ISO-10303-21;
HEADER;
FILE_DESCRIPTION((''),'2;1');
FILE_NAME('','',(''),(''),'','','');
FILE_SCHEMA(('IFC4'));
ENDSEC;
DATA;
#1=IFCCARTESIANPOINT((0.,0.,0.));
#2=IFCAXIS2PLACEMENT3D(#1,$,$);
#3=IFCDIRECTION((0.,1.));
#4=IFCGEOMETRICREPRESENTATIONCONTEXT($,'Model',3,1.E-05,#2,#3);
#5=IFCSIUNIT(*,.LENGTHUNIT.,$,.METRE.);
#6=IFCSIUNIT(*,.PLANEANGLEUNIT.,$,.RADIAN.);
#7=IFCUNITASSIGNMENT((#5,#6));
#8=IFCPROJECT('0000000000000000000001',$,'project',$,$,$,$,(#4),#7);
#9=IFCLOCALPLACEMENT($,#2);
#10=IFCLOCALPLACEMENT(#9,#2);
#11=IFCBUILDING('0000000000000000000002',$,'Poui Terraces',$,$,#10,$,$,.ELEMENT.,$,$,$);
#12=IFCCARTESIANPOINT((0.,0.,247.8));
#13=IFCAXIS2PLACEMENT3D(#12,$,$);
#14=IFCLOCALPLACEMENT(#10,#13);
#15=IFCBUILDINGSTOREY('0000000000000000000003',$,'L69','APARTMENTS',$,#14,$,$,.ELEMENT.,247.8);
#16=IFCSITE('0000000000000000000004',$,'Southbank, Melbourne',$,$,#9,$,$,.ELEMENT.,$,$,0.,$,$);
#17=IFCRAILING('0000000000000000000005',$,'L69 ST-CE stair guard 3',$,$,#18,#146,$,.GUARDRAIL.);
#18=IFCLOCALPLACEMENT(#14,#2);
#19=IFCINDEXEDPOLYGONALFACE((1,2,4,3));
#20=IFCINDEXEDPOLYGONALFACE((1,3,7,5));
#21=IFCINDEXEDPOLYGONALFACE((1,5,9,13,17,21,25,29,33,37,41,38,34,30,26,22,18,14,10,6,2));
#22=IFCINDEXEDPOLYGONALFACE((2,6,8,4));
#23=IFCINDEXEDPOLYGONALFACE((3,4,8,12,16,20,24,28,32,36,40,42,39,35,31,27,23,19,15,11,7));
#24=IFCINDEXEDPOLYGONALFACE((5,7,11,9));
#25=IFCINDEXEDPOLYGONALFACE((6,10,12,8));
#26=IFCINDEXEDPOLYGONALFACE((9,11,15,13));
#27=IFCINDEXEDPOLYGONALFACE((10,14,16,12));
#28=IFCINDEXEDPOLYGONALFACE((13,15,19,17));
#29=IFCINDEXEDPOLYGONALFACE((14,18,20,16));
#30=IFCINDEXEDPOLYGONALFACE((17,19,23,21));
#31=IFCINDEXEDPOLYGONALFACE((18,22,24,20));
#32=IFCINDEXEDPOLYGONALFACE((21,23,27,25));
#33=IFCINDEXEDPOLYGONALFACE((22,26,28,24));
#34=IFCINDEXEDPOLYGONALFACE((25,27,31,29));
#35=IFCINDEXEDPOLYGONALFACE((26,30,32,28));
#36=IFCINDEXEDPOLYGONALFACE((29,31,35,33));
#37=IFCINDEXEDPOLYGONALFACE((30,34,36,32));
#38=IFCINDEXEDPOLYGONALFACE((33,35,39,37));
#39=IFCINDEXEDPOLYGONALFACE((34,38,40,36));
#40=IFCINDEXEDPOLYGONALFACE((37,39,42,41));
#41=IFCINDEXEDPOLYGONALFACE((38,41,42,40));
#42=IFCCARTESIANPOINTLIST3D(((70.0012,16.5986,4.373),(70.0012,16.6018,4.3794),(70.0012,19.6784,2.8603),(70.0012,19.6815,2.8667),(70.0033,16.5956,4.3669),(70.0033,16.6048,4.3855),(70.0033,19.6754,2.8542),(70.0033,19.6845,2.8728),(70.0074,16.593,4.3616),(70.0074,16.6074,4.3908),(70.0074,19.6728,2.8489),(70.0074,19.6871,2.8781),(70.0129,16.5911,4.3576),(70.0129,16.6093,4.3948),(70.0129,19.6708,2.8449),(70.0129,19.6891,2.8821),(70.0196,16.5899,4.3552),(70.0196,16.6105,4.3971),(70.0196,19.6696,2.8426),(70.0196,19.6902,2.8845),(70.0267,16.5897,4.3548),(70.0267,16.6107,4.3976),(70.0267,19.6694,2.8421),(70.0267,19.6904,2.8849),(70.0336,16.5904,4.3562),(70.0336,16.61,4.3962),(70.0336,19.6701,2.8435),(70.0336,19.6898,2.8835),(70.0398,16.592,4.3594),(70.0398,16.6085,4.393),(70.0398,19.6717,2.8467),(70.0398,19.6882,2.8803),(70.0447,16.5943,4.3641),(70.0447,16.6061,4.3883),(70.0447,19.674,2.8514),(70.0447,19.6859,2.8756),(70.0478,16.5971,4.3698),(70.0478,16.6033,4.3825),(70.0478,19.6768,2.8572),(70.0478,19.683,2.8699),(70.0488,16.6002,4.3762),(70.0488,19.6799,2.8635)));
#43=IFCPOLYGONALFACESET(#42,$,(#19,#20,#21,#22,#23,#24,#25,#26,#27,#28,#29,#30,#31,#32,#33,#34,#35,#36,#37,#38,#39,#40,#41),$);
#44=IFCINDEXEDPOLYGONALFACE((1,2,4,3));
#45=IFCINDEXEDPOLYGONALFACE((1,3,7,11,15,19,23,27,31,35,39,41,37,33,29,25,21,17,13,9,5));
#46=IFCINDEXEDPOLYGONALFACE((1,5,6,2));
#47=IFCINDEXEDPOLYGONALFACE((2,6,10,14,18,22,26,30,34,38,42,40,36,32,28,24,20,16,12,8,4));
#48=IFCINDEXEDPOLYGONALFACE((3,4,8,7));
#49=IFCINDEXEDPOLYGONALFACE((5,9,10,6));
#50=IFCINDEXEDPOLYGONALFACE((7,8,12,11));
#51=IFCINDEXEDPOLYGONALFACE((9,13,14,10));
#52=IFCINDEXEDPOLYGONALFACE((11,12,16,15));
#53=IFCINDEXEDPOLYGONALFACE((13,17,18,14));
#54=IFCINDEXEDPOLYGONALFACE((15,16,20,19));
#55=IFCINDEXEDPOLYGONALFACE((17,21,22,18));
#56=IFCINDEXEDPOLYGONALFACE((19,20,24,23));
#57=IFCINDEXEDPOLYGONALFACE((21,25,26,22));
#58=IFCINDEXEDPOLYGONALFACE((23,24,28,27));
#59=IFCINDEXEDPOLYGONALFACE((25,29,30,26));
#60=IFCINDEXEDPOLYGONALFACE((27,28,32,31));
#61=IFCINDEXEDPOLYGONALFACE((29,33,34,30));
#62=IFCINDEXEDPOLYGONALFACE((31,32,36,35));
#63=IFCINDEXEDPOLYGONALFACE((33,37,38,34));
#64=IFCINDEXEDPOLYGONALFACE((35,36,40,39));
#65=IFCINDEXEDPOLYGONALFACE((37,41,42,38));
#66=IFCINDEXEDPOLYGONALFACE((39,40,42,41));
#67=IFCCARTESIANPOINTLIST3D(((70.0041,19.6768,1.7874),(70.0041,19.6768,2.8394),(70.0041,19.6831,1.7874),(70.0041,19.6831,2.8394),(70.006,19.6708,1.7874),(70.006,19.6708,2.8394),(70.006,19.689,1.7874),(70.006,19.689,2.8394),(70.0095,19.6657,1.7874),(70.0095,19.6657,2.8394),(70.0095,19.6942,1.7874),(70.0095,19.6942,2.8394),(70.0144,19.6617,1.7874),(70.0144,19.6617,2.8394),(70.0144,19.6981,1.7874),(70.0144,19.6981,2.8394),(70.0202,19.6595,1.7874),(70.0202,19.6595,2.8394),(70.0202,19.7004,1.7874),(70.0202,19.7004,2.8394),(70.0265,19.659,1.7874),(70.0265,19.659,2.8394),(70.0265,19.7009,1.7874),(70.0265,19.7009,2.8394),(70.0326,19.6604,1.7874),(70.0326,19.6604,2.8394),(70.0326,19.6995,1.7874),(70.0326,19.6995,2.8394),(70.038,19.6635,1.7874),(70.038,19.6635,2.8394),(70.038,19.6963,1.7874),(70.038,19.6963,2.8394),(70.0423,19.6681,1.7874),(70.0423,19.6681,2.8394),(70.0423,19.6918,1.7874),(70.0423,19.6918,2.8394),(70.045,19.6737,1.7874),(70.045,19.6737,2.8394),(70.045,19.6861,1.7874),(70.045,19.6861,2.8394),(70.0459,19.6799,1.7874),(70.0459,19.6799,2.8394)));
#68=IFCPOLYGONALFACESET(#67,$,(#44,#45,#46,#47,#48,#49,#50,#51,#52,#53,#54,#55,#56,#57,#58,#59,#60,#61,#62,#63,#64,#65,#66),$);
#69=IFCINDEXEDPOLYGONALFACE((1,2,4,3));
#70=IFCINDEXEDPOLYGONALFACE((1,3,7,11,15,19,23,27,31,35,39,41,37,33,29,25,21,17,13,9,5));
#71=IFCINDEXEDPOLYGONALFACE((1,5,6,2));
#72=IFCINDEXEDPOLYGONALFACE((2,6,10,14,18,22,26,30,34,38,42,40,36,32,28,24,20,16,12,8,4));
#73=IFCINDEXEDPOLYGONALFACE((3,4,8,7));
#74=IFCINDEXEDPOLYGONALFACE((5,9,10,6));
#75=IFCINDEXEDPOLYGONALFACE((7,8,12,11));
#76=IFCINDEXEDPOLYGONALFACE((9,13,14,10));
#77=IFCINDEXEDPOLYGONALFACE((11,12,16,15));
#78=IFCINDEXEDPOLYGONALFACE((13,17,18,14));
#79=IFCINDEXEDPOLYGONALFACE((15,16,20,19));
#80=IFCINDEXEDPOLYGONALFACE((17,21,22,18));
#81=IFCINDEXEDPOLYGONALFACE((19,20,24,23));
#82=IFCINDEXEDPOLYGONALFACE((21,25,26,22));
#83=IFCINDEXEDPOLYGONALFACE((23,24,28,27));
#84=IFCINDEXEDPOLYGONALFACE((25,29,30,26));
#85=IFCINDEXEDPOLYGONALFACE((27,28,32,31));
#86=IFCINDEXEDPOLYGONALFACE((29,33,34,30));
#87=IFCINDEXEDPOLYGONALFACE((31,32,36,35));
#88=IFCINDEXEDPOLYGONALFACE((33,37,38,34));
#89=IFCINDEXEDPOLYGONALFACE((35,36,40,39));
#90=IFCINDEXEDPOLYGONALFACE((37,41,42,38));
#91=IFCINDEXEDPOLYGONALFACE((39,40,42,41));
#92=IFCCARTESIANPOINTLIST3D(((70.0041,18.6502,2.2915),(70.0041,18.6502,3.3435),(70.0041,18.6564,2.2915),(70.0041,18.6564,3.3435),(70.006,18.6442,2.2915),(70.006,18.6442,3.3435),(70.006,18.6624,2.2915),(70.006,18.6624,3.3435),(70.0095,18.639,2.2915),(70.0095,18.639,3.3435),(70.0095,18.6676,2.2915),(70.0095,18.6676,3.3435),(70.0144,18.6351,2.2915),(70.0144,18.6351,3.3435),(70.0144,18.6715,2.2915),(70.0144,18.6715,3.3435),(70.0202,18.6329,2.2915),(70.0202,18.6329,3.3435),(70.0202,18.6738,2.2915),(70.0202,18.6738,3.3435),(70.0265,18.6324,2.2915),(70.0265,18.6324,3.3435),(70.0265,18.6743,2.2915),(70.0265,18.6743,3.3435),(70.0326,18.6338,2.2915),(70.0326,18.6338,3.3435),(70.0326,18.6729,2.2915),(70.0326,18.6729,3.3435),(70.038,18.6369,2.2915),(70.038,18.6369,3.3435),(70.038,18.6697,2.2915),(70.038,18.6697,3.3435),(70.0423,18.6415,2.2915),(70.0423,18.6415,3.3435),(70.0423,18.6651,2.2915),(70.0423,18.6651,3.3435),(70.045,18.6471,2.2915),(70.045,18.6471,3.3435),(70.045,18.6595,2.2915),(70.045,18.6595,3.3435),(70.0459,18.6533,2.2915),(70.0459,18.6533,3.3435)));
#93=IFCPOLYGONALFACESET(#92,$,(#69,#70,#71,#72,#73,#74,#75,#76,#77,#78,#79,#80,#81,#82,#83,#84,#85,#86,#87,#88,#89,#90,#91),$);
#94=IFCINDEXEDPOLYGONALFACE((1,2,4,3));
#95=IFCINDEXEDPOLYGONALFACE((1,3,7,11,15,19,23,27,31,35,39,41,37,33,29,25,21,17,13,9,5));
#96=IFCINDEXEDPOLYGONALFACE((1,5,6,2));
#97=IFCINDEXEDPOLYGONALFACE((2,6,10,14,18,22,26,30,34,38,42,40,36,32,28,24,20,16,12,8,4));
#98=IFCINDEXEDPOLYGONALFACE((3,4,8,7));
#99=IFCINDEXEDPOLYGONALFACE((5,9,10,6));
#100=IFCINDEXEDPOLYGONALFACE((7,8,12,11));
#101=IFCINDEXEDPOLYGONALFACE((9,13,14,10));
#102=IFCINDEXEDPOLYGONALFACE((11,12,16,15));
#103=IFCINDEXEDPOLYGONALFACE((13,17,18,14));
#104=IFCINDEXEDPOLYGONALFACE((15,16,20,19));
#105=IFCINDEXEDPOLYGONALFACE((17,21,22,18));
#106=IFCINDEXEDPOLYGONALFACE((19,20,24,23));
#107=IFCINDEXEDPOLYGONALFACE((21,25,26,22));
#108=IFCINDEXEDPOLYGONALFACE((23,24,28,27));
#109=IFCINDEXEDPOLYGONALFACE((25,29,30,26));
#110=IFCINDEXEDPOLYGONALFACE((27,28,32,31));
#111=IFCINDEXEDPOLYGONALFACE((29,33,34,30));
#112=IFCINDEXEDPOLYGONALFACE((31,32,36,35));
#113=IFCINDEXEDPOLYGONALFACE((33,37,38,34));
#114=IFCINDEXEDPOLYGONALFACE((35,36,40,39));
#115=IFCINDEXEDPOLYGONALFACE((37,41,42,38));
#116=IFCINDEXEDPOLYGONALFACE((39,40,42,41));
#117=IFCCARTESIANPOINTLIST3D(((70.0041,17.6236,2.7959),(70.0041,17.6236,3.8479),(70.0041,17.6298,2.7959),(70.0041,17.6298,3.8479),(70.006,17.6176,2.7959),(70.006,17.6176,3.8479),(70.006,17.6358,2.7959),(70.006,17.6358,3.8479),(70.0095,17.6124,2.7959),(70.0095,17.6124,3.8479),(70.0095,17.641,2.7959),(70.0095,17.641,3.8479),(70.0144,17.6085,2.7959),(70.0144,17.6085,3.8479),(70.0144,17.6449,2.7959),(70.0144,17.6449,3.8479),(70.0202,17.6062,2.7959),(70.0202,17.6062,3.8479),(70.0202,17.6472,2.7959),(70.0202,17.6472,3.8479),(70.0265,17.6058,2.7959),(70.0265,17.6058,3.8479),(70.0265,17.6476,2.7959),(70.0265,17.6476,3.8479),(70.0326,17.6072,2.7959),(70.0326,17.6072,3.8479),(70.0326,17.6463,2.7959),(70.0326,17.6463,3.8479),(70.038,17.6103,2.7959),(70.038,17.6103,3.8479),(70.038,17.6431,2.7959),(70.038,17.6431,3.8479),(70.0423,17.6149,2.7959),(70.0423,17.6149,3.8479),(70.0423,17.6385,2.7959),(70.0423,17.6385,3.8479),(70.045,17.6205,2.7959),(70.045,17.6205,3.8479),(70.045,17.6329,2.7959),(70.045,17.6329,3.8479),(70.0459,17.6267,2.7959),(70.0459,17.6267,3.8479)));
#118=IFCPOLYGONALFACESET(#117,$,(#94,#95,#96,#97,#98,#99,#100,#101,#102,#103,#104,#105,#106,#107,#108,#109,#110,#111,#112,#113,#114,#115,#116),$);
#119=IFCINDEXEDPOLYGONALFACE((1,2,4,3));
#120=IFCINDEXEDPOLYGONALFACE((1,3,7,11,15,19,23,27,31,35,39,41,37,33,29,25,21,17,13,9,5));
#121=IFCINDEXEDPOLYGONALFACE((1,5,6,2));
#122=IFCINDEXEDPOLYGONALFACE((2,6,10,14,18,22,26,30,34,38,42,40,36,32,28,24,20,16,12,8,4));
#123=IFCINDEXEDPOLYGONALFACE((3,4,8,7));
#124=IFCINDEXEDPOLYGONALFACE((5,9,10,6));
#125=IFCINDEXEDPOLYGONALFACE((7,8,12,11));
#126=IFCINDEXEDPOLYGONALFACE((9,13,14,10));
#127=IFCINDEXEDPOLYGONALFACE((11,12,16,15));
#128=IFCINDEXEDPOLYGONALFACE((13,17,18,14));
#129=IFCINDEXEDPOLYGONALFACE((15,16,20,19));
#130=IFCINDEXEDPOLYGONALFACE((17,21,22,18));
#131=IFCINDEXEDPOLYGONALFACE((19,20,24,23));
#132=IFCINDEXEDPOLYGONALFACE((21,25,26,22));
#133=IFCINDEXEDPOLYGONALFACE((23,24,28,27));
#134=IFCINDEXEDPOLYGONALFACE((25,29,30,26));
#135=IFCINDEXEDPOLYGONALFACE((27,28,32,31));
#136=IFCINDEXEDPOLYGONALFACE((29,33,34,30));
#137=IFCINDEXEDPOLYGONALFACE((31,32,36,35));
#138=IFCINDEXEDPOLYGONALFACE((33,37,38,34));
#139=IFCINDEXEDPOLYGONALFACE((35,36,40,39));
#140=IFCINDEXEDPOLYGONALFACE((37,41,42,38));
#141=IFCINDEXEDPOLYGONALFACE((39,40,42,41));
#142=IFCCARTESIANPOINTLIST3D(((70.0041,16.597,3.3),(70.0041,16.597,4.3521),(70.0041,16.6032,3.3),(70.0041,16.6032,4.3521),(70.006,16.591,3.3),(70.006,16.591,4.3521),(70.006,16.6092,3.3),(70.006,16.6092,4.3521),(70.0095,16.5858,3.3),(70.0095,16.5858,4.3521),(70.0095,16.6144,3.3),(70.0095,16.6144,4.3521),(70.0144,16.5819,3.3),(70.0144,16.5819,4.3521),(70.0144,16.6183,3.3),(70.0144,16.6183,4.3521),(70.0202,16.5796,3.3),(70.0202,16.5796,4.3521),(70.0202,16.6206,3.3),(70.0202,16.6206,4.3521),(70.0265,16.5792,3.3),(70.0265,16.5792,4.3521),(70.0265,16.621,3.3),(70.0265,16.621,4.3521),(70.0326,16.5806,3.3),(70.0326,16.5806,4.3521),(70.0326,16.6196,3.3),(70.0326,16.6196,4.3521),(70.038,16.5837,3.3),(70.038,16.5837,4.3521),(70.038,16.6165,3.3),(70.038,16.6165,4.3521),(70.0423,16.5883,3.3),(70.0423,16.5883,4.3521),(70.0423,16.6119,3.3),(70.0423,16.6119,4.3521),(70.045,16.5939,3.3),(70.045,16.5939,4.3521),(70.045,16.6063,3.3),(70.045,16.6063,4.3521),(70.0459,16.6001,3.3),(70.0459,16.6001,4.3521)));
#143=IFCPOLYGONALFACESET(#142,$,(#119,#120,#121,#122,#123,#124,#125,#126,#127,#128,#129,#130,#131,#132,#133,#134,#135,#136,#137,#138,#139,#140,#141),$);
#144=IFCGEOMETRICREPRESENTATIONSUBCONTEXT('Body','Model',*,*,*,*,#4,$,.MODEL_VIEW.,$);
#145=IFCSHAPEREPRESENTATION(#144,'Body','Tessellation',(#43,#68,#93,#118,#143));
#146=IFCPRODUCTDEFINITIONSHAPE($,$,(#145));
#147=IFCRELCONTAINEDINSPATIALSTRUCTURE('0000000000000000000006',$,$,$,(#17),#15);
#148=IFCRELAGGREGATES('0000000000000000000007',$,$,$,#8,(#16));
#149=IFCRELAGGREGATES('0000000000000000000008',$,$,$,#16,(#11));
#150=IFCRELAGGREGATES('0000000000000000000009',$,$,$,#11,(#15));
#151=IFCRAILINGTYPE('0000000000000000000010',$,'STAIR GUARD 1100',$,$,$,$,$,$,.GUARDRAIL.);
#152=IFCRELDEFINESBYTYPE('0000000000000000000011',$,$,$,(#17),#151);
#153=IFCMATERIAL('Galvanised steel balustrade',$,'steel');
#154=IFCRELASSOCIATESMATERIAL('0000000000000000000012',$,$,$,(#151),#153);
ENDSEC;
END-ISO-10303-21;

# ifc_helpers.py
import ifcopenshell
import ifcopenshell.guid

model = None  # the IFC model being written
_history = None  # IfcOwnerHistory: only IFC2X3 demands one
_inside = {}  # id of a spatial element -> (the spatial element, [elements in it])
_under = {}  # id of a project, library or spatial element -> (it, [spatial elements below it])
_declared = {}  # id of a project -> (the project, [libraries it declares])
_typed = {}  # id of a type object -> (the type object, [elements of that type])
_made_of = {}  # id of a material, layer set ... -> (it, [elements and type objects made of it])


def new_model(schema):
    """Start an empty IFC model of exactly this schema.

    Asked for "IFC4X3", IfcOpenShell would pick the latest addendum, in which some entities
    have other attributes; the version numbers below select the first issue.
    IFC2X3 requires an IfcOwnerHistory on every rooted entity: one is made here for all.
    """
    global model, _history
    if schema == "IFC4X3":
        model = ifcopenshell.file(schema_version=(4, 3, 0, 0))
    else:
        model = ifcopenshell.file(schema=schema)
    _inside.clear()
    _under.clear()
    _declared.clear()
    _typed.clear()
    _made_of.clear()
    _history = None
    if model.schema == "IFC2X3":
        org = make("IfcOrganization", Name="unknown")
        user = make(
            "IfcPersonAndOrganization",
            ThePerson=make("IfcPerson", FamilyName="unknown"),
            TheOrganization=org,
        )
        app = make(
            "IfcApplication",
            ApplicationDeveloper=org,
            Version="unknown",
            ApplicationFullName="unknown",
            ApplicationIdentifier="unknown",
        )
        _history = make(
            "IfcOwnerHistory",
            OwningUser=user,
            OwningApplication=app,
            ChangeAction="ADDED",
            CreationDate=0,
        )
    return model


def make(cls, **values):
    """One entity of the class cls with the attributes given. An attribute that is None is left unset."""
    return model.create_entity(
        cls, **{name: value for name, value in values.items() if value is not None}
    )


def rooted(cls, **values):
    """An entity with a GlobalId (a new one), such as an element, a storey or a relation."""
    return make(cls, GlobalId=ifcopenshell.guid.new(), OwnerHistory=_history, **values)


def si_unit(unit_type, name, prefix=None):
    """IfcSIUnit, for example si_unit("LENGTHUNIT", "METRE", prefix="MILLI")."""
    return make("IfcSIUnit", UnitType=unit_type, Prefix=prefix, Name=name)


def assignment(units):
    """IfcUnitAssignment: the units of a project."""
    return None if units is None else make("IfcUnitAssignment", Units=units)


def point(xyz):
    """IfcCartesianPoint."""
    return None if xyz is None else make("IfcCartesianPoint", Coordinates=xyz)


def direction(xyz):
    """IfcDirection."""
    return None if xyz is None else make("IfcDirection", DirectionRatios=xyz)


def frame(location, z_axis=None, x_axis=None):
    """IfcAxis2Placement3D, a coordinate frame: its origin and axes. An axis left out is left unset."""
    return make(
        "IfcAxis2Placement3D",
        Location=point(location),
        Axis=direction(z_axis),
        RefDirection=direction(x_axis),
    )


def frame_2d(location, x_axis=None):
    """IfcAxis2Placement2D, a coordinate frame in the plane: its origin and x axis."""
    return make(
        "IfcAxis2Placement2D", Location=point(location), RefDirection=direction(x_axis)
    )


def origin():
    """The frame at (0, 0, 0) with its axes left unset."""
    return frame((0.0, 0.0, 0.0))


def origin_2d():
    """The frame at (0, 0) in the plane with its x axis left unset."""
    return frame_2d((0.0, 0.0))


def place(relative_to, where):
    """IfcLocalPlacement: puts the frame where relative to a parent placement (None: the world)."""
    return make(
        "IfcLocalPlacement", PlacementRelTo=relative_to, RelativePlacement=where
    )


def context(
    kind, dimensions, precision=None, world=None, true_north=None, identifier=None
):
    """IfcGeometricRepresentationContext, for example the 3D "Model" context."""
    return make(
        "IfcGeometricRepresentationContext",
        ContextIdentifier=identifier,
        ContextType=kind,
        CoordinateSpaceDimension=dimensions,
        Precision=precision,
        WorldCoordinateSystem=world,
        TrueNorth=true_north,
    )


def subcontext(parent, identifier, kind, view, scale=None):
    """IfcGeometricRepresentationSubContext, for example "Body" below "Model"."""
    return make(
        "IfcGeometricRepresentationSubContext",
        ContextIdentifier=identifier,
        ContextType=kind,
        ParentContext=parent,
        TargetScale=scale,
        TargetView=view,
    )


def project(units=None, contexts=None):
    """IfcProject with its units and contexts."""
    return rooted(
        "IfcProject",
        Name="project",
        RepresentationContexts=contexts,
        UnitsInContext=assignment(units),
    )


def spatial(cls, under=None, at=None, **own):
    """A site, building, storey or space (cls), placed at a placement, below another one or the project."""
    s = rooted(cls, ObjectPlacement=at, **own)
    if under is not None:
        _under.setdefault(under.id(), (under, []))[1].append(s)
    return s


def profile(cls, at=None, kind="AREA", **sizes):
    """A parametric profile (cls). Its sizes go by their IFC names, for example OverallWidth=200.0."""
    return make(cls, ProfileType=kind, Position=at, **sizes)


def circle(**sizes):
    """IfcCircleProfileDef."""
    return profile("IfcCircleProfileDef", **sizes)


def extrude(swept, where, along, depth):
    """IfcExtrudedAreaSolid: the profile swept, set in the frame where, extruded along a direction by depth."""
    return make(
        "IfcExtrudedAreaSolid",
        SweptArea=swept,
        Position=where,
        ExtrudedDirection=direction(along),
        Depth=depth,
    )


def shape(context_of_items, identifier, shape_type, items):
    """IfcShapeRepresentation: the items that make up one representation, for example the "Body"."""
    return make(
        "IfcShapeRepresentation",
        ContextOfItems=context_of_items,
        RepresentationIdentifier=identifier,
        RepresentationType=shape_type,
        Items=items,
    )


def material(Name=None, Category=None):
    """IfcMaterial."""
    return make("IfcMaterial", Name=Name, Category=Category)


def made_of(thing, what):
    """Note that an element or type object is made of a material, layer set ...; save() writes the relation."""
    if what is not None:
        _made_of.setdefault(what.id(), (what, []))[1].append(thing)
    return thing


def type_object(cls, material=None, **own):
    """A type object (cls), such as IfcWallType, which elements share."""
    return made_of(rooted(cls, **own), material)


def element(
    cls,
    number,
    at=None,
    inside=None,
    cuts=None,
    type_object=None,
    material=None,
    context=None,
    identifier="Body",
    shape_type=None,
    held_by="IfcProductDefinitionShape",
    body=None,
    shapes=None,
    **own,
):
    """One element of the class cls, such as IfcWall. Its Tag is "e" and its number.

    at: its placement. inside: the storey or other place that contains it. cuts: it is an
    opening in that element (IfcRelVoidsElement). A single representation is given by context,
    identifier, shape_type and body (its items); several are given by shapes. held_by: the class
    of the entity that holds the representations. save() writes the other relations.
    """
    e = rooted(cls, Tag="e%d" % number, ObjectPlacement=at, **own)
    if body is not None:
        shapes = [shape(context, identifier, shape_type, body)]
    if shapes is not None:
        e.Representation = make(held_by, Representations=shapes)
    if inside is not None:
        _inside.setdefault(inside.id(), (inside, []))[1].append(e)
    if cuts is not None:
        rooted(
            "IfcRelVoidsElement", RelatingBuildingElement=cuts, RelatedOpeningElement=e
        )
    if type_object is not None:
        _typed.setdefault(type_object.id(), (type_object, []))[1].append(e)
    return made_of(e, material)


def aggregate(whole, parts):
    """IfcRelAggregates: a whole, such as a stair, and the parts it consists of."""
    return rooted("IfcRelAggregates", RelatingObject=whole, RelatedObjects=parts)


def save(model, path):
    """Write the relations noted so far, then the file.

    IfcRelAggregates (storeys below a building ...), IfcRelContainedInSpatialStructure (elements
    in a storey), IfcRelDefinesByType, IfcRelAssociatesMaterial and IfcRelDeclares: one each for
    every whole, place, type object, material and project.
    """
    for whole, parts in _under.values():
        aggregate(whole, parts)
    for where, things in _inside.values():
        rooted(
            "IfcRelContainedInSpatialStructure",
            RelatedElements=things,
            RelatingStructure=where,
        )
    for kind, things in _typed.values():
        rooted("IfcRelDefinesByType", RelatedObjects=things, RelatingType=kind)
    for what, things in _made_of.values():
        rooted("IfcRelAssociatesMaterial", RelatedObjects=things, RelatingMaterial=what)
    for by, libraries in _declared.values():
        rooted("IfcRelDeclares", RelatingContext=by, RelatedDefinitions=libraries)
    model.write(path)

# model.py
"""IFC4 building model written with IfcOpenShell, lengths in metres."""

from ifc_helpers import new_model, si_unit, direction, frame, origin, origin_2d, place, context, subcontext, project, spatial, circle, extrude, material, type_object, element, save


model = new_model("IFC4")

# Units and contexts
model_context = context("Model", 3, precision=1e-05, world=origin(), true_north=direction((0.0, 1.0)))
body_context = subcontext(model_context, "Body", "Model", "MODEL_VIEW")
ifc_project = project(units=[si_unit("LENGTHUNIT", "METRE"), si_unit("PLANEANGLEUNIT", "RADIAN")], contexts=[model_context])

# Site, building, storey
site_placement = place(None, origin())
site = spatial("IfcSite", under=ifc_project, at=site_placement, Name="Southbank, Melbourne", CompositionType="ELEMENT", RefElevation=0.0)
building_placement = place(site_placement, origin())
building = spatial("IfcBuilding", under=site, at=building_placement, Name="Poui Terraces", CompositionType="ELEMENT")
storey_placement = place(building_placement, frame((0.0, 0.0, 247.8)))
storey = spatial("IfcBuildingStorey", under=building, at=storey_placement, Name="L69", Description="APARTMENTS", CompositionType="ELEMENT", Elevation=247.8)

# Railing
ifc_material_1 = material(Name="Galvanised steel balustrade", Category="steel")
railing_type_1 = type_object("IfcRailingType", Name="STAIR GUARD 1100", PredefinedType="GUARDRAIL", material=ifc_material_1)
railing_1_placement = place(storey_placement, frame((70.0249, 19.6799, 1.7874)))
element("IfcRailing", 1, at=railing_1_placement, inside=storey, type_object=railing_type_1, Name="L69 ST-CE stair guard 3", PredefinedType="GUARDRAIL", context=body_context, shape_type="SweptSolid", body=[
    extrude(circle(Radius=0.0239, at=origin_2d()), frame((0.0, 0.0, 1.0762), z_axis=(0.0, -0.897578, 0.440856), x_axis=(1.0, 0.0, 0.0)), (0.0, 0.0, 1.0), 3.4312),
    extrude(circle(Radius=0.021, at=origin_2d()), origin(), (0.0, 0.0, 1.0), 1.052),
    extrude(circle(Radius=0.021, at=origin_2d()), frame((0.0, -1.0266, 0.5042)), (0.0, 0.0, 1.0), 1.052),
    extrude(circle(Radius=0.021, at=origin_2d()), frame((0.0, -2.0532, 1.0085)), (0.0, 0.0, 1.0), 1.052),
    extrude(circle(Radius=0.021, at=origin_2d()), frame((0.0, -3.0798, 1.5127)), (0.0, 0.0, 1.0), 1.052),
])

save(model, "model.ifc")
